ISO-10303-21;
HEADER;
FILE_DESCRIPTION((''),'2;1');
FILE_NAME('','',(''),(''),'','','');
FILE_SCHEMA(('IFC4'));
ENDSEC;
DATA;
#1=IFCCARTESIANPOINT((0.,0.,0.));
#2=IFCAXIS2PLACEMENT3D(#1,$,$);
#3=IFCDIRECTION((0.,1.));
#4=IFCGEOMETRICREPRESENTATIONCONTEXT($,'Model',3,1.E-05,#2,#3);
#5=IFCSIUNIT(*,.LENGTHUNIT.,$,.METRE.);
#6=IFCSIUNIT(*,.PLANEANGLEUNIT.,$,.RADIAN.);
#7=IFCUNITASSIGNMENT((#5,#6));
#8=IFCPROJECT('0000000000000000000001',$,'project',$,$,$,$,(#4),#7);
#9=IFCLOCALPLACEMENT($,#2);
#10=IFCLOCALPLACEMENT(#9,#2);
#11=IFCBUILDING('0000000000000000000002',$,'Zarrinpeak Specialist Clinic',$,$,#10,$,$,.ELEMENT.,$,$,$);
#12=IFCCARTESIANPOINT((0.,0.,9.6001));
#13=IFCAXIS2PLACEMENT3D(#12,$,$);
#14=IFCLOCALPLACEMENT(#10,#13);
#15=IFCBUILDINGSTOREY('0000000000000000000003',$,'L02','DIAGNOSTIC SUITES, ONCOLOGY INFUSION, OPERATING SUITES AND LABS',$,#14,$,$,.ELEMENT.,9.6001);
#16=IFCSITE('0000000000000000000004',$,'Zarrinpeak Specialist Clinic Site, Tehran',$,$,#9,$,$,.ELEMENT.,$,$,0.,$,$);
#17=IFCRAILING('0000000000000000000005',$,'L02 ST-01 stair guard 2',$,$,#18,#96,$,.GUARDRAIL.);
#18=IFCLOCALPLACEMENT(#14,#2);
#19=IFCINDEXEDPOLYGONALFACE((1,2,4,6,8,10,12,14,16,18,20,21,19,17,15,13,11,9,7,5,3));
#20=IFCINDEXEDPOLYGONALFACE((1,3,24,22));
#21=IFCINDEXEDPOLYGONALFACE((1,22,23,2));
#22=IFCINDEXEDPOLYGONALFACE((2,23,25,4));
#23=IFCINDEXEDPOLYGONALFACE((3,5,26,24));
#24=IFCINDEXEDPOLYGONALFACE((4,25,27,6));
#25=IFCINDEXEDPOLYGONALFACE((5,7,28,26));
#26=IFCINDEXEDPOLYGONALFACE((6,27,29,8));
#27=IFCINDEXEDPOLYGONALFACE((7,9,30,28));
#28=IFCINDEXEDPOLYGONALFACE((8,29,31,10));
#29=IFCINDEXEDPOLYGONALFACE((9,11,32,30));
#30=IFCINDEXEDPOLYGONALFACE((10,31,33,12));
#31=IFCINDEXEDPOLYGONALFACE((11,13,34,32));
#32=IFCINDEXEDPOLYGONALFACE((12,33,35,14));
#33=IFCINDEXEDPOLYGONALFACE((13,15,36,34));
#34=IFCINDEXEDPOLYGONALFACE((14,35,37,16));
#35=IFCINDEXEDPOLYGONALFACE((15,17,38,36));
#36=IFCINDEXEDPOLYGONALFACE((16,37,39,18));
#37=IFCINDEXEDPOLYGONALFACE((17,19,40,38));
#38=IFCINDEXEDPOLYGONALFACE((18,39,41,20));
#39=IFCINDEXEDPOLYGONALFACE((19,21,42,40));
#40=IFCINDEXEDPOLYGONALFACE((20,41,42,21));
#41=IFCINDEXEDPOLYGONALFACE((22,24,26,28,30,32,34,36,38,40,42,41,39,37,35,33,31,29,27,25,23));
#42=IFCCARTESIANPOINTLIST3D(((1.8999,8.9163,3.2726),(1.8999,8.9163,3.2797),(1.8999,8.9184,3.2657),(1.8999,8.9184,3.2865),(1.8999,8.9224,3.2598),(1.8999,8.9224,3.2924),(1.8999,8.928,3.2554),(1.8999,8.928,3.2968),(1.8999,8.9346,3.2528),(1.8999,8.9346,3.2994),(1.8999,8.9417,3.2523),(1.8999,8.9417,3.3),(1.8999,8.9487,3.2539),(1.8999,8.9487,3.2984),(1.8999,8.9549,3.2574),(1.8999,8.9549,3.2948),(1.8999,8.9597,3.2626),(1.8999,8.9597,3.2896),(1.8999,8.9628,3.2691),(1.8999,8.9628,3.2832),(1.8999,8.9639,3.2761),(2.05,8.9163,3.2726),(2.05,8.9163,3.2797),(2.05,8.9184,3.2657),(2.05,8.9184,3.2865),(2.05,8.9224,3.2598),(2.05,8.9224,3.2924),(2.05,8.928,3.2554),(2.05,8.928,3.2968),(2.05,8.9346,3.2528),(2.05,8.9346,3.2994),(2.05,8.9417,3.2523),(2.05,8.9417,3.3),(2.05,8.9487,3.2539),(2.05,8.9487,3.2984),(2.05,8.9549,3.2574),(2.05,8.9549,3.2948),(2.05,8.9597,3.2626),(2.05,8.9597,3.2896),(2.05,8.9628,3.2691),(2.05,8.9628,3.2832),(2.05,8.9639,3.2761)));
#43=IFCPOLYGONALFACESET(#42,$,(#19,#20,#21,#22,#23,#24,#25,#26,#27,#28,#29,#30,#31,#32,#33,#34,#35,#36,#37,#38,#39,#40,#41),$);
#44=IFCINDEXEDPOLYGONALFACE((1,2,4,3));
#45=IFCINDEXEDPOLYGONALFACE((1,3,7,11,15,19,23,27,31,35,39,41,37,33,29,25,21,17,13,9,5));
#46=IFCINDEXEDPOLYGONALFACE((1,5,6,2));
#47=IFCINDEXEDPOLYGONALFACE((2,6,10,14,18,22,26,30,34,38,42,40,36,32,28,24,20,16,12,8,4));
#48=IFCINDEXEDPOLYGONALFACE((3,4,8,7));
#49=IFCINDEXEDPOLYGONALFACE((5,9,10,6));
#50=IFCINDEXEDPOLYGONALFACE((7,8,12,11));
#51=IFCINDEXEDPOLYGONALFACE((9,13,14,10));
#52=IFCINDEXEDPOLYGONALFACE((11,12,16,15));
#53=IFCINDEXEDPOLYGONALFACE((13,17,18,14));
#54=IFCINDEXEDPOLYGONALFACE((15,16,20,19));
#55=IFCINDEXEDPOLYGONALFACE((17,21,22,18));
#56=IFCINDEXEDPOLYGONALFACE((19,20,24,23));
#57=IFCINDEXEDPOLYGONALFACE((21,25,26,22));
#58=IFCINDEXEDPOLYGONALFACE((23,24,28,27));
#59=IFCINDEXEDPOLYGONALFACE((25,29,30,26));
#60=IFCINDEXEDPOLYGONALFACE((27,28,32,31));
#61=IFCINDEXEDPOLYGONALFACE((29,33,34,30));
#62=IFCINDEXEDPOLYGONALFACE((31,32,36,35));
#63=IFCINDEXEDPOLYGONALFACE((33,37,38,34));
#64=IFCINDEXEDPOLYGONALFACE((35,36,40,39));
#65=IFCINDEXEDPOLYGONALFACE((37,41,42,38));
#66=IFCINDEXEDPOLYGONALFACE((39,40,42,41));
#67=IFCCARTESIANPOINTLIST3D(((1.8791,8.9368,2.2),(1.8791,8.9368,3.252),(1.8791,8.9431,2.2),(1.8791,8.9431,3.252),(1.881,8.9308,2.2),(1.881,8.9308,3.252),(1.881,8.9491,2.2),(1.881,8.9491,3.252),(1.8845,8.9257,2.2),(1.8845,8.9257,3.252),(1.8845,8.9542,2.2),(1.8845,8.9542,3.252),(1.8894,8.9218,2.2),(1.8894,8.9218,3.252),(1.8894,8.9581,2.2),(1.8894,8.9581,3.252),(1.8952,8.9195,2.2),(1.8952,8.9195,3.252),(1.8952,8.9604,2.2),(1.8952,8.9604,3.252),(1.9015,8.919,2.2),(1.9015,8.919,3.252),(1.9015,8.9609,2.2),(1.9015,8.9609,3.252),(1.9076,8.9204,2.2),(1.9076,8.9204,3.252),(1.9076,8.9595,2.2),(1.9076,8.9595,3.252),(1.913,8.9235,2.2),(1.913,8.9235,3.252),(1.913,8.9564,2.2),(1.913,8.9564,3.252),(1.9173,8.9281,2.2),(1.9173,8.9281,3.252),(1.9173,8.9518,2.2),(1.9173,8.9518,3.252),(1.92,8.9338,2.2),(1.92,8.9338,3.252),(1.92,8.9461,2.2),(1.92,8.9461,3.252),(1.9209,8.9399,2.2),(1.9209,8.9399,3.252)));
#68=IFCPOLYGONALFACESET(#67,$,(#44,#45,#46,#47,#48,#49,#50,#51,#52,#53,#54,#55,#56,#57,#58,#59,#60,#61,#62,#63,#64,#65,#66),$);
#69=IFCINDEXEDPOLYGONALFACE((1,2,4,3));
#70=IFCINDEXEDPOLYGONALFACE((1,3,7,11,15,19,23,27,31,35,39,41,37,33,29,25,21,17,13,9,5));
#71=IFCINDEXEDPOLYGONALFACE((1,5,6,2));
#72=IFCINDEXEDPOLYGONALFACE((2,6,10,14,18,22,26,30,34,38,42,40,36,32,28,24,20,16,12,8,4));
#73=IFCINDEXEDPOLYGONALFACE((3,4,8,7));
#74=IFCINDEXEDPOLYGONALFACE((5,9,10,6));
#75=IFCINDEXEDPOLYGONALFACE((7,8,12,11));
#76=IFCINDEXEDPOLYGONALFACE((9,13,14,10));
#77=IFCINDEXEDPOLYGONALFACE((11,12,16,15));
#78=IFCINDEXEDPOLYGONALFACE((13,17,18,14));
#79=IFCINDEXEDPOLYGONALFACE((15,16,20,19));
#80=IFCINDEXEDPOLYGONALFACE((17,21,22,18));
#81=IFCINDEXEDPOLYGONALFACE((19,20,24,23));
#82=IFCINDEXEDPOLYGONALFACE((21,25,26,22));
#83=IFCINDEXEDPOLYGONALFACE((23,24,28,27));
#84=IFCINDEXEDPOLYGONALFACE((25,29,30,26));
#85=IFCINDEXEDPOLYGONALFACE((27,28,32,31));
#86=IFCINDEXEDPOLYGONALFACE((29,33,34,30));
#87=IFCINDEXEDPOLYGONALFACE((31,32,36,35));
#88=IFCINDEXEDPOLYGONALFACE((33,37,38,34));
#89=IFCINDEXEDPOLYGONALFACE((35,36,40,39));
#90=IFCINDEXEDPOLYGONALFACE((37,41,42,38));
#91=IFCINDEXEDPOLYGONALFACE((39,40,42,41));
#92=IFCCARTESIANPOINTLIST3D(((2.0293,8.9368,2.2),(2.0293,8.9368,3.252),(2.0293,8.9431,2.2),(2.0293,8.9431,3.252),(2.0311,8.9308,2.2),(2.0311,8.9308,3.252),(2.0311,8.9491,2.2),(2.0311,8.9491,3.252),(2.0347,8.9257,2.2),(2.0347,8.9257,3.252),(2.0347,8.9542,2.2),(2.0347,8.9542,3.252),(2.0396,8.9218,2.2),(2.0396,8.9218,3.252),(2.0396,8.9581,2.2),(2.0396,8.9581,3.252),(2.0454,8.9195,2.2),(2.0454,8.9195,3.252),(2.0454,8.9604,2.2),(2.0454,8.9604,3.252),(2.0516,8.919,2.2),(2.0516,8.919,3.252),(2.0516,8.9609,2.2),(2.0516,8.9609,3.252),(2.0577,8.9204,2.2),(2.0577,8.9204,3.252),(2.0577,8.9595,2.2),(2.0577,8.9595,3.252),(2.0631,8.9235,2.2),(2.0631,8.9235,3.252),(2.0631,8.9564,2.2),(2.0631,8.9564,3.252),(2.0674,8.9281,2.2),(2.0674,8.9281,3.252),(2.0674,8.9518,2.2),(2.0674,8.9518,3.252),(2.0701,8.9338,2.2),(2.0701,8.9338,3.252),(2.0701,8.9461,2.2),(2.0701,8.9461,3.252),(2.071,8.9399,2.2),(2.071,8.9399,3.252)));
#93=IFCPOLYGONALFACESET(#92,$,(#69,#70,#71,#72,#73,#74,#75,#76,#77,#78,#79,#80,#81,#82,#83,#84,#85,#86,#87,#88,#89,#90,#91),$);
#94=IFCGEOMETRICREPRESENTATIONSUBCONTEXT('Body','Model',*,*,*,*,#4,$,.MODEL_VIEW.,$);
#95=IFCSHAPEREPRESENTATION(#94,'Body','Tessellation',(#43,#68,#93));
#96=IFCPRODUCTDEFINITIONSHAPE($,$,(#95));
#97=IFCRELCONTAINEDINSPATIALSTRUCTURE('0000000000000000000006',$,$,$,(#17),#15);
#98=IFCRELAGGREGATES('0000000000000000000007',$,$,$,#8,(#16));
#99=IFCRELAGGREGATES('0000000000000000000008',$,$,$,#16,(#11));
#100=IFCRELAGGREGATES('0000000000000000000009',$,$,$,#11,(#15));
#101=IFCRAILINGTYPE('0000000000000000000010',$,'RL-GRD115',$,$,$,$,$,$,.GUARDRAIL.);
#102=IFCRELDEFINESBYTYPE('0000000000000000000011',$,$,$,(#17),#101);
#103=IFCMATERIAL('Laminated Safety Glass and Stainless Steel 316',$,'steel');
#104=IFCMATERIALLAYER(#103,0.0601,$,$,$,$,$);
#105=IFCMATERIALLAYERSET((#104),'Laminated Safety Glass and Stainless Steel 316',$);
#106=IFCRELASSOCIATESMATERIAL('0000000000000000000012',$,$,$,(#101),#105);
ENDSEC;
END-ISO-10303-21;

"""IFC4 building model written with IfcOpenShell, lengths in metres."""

from ifc_helpers import new_model, si_unit, direction, frame, origin, origin_2d, place, context, subcontext, project, spatial, circle, extrude, material, layer, layer_set, type_object, element, save


model = new_model("IFC4")

# Units and contexts
model_context = context("Model", 3, precision=1e-05, world=origin(), true_north=direction((0.0, 1.0)))
body_context = subcontext(model_context, "Body", "Model", "MODEL_VIEW")
ifc_project = project(units=[si_unit("LENGTHUNIT", "METRE"), si_unit("PLANEANGLEUNIT", "RADIAN")], contexts=[model_context])

# Site, building, storey
site_placement = place(None, origin())
site = spatial("IfcSite", under=ifc_project, at=site_placement, Name="Zarrinpeak Specialist Clinic Site, Tehran", CompositionType="ELEMENT", RefElevation=0.0)
building_placement = place(site_placement, origin())
building = spatial("IfcBuilding", under=site, at=building_placement, Name="Zarrinpeak Specialist Clinic", CompositionType="ELEMENT")
storey_placement = place(building_placement, frame((0.0, 0.0, 9.6001)))
storey = spatial("IfcBuildingStorey", under=building, at=storey_placement, Name="L02", Description="DIAGNOSTIC SUITES, ONCOLOGY INFUSION, OPERATING SUITES AND LABS", CompositionType="ELEMENT", Elevation=9.6001)

# Railing
ifc_material_1 = material(Name="Laminated Safety Glass and Stainless Steel 316", Category="steel")
ifc_layer_1 = layer(ifc_material_1, 0.0601)
ifc_layer_set_1 = layer_set([ifc_layer_1], Name="Laminated Safety Glass and Stainless Steel 316")
railing_type_1 = type_object("IfcRailingType", Name="RL-GRD115", PredefinedType="GUARDRAIL", material=ifc_layer_set_1)
railing_1_placement = place(storey_placement, frame((1.8999, 8.9399, 2.2)))
element("IfcRailing", 1, at=railing_1_placement, inside=storey, type_object=railing_type_1, Name="L02 ST-01 stair guard 2", PredefinedType="GUARDRAIL", context=body_context, shape_type="SweptSolid", body=[
    extrude(circle(Radius=0.0239, at=origin_2d()), frame((0.0, 0.0, 1.0762), z_axis=(1.0, 0.0, 0.0), x_axis=(0.0, 1.0, 0.0)), (0.0, 0.0, 1.0), 0.1501),
    extrude(circle(Radius=0.021, at=origin_2d()), origin(), (0.0, 0.0, 1.0), 1.052),
    extrude(circle(Radius=0.021, at=origin_2d()), frame((0.1501, 0.0, 0.0)), (0.0, 0.0, 1.0), 1.052),
])

save(model, "model.ifc")
